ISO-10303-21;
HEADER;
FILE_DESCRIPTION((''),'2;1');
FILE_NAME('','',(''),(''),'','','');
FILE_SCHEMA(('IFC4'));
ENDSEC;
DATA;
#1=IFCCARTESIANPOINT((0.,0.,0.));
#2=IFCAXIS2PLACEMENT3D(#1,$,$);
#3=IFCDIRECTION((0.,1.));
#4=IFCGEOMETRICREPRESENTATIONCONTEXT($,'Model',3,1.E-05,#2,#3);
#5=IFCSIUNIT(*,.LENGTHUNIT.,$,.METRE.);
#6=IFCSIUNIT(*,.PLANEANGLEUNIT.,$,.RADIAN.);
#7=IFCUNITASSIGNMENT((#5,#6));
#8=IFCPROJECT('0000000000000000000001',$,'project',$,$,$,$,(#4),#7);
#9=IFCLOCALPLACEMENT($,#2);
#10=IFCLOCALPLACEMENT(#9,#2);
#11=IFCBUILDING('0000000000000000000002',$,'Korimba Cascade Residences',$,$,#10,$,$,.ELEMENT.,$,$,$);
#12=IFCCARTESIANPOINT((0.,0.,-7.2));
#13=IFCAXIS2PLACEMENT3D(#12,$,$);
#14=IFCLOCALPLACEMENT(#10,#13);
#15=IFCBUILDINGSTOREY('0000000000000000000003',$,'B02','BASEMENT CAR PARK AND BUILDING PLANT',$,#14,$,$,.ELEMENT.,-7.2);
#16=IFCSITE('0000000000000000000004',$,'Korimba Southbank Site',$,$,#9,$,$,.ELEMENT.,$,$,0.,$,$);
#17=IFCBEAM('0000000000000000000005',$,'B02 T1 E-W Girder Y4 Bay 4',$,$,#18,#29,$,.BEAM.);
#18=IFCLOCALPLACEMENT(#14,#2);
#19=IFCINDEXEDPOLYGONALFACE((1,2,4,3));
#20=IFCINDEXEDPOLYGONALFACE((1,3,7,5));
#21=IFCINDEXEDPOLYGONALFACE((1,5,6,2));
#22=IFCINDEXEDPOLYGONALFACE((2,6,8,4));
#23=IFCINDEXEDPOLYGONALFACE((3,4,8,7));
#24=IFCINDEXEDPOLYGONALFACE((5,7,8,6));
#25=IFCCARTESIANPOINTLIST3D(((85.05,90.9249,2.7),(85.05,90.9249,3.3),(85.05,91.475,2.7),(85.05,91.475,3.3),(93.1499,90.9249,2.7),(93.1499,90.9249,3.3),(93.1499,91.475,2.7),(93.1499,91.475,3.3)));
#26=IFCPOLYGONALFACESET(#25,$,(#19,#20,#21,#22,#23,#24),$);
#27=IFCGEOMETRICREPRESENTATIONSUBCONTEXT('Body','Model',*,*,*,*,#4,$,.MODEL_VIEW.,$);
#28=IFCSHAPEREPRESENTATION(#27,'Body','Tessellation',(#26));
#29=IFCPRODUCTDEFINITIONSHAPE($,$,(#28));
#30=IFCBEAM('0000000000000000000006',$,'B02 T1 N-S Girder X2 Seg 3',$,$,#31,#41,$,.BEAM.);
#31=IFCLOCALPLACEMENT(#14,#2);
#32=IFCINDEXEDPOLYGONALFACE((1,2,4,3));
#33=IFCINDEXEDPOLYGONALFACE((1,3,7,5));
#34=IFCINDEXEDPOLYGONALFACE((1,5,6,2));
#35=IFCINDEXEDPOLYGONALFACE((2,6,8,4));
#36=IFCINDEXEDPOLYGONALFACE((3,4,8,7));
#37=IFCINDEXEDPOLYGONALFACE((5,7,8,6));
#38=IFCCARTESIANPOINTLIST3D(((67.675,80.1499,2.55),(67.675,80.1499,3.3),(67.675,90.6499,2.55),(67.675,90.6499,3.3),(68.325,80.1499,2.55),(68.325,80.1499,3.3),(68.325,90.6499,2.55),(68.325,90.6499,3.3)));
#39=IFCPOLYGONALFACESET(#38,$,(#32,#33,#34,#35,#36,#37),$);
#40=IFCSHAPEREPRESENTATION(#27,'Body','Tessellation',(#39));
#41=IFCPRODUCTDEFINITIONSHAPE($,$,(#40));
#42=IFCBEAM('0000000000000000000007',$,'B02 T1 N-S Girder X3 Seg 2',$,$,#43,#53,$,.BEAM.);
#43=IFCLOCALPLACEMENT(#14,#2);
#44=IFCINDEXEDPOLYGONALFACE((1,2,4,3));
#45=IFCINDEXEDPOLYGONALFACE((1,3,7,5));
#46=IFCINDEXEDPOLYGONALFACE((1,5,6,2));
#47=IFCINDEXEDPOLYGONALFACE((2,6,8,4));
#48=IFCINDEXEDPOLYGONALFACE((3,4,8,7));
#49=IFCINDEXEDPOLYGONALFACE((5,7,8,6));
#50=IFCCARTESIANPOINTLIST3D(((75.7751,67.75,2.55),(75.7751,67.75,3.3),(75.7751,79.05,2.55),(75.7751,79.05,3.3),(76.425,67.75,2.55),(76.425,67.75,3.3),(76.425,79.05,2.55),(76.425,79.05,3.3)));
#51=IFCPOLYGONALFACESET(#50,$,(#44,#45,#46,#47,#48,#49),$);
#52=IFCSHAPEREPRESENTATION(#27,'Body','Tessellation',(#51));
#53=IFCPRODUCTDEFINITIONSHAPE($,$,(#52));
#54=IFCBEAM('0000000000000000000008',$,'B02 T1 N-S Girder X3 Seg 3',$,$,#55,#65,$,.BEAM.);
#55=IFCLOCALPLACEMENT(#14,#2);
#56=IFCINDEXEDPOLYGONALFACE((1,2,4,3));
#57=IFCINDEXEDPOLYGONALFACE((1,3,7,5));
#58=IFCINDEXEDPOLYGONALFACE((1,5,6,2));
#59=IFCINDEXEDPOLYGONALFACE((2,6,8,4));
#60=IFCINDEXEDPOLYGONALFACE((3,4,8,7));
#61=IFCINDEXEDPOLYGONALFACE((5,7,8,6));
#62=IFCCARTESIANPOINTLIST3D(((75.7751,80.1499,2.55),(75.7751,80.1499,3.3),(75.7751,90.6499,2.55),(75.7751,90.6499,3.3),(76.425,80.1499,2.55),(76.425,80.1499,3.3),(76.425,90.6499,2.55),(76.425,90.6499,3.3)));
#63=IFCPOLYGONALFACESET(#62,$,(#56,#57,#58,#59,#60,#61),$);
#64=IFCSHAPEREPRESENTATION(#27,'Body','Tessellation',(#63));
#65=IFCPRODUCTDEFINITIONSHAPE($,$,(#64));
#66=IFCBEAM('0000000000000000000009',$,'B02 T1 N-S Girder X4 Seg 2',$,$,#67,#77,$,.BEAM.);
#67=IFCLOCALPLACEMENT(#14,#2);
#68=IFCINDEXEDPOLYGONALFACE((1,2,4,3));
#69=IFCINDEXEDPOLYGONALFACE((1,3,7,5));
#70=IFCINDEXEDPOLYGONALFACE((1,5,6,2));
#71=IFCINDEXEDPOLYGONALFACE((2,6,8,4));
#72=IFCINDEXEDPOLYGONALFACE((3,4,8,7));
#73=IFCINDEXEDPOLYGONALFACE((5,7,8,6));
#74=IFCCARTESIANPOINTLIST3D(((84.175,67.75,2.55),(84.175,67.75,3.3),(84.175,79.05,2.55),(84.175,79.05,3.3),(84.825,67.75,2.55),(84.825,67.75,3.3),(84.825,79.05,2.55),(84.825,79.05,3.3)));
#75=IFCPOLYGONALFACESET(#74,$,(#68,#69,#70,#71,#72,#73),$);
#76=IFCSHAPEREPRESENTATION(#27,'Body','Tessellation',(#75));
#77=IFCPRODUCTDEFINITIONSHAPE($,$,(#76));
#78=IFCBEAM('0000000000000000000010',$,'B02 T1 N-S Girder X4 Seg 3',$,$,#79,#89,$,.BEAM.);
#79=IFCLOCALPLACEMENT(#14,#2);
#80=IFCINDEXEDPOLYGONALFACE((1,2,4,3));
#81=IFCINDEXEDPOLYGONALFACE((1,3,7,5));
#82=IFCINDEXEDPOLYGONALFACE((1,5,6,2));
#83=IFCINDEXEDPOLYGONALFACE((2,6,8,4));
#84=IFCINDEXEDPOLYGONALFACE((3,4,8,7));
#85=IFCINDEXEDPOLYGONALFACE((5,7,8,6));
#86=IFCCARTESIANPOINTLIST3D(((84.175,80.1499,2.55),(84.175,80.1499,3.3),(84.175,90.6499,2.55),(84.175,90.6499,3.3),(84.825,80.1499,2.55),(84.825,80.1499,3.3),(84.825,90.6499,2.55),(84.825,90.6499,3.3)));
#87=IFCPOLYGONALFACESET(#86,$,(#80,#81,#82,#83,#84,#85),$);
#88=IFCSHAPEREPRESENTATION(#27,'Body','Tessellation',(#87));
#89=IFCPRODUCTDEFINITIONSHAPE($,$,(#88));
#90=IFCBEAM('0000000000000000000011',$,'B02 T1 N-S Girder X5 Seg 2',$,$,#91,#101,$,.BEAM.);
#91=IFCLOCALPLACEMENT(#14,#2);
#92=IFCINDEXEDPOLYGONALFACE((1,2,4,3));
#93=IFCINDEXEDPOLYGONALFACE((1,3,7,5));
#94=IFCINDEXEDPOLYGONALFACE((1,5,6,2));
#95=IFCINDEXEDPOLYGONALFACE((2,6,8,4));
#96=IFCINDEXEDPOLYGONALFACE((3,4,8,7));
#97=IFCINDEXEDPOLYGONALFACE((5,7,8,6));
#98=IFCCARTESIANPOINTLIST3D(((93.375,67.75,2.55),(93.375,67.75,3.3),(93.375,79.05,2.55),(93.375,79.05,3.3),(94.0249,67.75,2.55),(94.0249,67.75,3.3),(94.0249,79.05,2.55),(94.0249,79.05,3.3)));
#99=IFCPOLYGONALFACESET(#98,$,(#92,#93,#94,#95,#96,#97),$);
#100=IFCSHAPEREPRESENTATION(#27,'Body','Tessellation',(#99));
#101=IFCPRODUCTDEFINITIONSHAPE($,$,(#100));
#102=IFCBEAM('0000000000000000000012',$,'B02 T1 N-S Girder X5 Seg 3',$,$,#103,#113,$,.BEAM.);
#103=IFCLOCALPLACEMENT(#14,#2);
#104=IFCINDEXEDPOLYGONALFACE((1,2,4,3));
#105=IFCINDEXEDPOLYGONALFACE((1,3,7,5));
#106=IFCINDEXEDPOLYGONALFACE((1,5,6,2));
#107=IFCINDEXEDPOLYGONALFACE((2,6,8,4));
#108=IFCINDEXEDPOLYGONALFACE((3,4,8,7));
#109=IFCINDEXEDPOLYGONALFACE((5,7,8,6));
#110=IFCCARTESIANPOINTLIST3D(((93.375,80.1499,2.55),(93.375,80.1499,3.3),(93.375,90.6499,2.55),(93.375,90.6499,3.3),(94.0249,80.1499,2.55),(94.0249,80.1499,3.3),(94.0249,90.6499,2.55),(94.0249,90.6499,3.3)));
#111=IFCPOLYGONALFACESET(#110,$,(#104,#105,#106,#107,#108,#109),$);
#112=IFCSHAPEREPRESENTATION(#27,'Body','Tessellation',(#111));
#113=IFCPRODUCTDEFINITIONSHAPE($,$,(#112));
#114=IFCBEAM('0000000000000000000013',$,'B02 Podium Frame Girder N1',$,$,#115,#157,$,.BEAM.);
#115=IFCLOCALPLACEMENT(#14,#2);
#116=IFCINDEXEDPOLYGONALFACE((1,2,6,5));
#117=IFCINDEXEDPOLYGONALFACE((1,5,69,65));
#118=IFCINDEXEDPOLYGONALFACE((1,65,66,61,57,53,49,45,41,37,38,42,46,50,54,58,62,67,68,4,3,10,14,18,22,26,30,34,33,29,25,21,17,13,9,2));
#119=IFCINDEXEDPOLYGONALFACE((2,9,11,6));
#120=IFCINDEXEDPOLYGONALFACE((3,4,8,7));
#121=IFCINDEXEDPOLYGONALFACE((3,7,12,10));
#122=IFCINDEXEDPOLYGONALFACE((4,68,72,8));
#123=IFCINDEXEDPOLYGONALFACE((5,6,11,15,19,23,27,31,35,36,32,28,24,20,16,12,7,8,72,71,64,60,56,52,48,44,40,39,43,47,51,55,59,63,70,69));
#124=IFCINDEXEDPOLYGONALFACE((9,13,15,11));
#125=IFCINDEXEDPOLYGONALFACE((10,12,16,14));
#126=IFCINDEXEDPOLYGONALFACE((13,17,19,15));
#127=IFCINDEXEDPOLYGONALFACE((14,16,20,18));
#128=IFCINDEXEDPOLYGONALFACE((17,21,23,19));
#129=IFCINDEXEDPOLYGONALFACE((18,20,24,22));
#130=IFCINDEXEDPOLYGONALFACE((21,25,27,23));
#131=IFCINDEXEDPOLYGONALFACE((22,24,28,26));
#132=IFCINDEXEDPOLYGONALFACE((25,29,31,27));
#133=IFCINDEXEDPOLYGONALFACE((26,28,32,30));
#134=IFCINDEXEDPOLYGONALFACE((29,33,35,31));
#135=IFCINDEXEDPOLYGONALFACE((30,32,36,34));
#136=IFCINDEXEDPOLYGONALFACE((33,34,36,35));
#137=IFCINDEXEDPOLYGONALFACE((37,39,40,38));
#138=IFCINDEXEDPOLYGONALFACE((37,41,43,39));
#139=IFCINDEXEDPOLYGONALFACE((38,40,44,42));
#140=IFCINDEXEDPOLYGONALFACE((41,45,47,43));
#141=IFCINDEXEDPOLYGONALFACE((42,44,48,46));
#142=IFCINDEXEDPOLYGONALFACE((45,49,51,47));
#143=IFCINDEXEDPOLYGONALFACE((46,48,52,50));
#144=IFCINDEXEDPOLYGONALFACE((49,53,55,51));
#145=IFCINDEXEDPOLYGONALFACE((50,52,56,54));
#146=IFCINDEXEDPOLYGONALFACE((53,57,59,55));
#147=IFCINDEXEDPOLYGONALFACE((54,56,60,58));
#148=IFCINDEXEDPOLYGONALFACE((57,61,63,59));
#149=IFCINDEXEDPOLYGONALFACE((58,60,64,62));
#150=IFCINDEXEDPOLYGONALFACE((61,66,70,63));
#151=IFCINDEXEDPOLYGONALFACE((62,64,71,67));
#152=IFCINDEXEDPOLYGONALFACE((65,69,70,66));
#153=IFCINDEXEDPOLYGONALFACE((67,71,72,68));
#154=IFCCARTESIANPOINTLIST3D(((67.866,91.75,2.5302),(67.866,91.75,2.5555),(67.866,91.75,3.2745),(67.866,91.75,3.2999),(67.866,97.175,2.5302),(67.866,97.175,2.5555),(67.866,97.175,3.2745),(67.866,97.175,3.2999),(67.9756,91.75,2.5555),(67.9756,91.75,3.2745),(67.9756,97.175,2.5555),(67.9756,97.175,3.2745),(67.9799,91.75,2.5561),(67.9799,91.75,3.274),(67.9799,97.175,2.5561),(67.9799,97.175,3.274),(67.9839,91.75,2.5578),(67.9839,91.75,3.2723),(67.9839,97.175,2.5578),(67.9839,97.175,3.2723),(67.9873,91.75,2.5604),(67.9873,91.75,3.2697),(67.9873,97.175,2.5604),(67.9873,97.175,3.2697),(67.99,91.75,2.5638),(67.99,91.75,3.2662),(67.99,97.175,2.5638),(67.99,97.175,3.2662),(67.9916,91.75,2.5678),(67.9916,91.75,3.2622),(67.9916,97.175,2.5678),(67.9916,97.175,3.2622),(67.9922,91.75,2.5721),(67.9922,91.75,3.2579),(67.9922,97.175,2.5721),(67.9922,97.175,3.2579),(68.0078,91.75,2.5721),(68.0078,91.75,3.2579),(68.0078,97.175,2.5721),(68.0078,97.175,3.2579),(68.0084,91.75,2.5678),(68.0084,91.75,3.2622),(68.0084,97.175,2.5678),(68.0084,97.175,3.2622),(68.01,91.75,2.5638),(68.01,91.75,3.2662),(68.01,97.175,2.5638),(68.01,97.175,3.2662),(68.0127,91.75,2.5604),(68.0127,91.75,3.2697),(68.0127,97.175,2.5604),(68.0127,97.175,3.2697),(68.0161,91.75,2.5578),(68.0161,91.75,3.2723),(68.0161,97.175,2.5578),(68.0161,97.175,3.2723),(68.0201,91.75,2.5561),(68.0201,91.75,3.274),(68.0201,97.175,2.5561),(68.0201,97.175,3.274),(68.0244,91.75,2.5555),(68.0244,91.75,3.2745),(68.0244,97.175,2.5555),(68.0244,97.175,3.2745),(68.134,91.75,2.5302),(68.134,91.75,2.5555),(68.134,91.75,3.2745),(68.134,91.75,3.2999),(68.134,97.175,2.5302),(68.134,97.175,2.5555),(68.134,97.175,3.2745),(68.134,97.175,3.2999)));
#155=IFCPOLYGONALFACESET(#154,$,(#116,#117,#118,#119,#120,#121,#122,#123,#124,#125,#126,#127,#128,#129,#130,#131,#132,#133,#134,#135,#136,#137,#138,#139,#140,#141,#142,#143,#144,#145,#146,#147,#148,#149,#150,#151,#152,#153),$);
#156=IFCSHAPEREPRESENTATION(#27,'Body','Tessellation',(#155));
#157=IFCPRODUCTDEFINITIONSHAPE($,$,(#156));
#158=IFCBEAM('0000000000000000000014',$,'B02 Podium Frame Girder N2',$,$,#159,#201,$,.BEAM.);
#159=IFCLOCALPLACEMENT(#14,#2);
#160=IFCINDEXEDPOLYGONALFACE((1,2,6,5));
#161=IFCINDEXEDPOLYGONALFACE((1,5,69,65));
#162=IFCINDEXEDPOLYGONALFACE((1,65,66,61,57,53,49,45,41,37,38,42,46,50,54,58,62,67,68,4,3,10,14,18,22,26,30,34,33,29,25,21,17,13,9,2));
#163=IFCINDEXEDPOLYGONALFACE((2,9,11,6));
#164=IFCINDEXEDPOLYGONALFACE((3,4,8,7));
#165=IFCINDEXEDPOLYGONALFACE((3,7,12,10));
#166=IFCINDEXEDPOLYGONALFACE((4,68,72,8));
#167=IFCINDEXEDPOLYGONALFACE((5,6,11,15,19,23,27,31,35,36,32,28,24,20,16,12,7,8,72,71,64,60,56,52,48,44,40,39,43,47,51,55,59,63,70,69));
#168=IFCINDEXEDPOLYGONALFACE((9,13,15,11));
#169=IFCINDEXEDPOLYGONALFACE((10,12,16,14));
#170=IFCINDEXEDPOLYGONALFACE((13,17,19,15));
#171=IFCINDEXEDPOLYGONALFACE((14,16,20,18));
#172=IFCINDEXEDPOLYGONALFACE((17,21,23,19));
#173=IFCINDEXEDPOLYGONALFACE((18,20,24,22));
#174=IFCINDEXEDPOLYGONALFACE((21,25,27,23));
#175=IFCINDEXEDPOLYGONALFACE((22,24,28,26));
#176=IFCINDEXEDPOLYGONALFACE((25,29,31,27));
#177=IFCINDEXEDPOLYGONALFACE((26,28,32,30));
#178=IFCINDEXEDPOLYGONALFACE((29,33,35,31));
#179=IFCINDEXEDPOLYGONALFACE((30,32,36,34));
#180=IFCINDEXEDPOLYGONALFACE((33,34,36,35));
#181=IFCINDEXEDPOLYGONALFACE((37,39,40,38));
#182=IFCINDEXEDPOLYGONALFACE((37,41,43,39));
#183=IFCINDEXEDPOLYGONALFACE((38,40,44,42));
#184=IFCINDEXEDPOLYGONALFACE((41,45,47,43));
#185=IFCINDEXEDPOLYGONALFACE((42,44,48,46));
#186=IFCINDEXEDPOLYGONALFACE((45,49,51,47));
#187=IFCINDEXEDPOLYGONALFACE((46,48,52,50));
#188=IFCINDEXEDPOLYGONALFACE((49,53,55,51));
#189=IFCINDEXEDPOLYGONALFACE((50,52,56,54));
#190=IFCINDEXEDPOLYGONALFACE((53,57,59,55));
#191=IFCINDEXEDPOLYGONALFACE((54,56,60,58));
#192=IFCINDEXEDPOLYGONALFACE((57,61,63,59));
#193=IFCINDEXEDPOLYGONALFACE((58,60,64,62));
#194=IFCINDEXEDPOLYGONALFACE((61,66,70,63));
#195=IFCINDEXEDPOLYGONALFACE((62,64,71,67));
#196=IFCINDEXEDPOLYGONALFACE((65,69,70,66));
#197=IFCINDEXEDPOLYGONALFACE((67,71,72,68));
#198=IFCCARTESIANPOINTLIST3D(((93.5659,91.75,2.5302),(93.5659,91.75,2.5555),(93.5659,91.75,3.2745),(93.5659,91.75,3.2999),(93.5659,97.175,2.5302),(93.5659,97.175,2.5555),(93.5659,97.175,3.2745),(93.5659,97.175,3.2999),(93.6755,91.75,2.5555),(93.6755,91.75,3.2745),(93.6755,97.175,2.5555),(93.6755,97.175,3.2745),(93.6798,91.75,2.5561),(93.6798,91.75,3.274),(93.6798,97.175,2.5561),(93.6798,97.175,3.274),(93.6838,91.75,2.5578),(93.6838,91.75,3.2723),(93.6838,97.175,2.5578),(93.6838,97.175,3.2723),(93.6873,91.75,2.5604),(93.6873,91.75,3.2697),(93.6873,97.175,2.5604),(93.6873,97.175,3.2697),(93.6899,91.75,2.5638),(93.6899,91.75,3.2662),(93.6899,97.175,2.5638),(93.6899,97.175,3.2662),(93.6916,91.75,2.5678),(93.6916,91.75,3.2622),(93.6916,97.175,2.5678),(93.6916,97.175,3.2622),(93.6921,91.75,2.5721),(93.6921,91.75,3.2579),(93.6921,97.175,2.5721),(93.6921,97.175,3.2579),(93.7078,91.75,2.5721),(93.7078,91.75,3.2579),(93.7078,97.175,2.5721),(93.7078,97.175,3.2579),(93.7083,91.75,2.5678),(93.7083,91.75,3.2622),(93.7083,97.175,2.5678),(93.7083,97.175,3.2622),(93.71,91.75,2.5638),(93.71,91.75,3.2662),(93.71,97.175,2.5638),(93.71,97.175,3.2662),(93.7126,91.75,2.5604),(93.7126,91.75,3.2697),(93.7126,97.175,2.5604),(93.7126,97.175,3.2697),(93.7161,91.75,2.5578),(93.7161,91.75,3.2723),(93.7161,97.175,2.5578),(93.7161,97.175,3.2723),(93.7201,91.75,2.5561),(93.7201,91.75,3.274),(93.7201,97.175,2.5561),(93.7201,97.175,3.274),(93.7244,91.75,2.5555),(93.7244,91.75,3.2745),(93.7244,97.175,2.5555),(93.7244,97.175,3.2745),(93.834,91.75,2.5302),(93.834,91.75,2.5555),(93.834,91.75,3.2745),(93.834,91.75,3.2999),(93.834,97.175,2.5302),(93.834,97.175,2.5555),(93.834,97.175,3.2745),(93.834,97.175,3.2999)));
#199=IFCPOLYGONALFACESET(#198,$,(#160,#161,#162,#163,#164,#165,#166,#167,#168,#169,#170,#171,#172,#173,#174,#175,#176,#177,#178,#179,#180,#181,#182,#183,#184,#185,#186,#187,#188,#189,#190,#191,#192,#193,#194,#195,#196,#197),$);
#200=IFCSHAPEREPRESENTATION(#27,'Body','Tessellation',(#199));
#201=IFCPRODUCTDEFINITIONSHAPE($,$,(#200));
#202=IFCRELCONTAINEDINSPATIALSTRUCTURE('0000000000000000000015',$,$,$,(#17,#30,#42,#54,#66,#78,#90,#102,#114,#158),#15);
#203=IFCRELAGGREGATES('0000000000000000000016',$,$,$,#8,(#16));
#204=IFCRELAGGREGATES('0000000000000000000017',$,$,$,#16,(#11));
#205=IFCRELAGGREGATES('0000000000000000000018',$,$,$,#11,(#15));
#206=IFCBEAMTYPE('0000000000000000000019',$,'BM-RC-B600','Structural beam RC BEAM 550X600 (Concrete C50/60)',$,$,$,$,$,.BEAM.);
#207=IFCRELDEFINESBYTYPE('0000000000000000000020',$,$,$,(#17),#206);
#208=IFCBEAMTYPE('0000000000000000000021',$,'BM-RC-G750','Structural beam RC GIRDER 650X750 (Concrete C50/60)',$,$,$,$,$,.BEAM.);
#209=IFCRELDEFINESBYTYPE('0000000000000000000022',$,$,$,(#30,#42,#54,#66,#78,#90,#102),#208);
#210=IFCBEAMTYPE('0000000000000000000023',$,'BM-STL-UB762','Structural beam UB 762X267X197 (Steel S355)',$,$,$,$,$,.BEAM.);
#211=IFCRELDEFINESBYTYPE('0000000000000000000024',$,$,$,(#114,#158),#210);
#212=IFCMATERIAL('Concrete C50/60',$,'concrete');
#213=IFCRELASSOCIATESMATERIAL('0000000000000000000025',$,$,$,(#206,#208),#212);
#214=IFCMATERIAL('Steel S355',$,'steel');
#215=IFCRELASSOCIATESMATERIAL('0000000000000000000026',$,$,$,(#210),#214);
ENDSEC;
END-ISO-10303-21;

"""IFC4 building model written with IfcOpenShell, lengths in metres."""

from ifc_helpers import new_model, si_unit, direction, frame, origin, origin_2d, place, context, subcontext, project, spatial, rectangle, i_section, extrude, material, material_profile, profile_set, type_object, element, save


model = new_model("IFC4")

# Units and contexts
model_context = context("Model", 3, precision=1e-05, world=origin(), true_north=direction((0.0, 1.0)))
body_context = subcontext(model_context, "Body", "Model", "MODEL_VIEW")
ifc_project = project(units=[si_unit("LENGTHUNIT", "METRE"), si_unit("PLANEANGLEUNIT", "RADIAN")], contexts=[model_context])

# Site, building, storey
site_placement = place(None, origin())
site = spatial("IfcSite", under=ifc_project, at=site_placement, Name="Korimba Southbank Site", CompositionType="ELEMENT", RefElevation=0.0)
building_placement = place(site_placement, origin())
building = spatial("IfcBuilding", under=site, at=building_placement, Name="Korimba Cascade Residences", CompositionType="ELEMENT")
storey_placement = place(building_placement, frame((0.0, 0.0, -7.2)))
storey = spatial("IfcBuildingStorey", under=building, at=storey_placement, Name="B02", Description="BASEMENT CAR PARK AND BUILDING PLANT", CompositionType="ELEMENT", Elevation=-7.2)

# Beams
ifc_material_1 = material(Name="Concrete C50/60", Category="concrete")
ifc_material_profile_1 = material_profile(ifc_material_1, rectangle(XDim=0.55, YDim=0.6001, at=origin_2d()), Name="Concrete C50/60")
ifc_profile_set_1 = profile_set([ifc_material_profile_1], Name="Concrete C50/60")
beam_type_1 = type_object("IfcBeamType", Name="BM-RC-B600", Description="Structural beam RC BEAM 550X600 (Concrete C50/60)", PredefinedType="BEAM", material=ifc_profile_set_1)
beam_1_placement = place(storey_placement, frame((85.05, 91.2, 3.0), z_axis=(1.0, 0.0, 0.0), x_axis=(0.0, 1.0, 0.0)))
element("IfcBeam", 1, at=beam_1_placement, inside=storey, type_object=beam_type_1, Name="B02 T1 E-W Girder Y4 Bay 4", PredefinedType="BEAM", context=body_context, shape_type="SweptSolid", body=[
    extrude(rectangle(XDim=0.55, YDim=0.6001, at=origin_2d()), origin(), (0.0, 0.0, 1.0), 8.0999),
])
ifc_material_profile_2 = material_profile(ifc_material_1, rectangle(XDim=0.6499, YDim=0.75, at=origin_2d()), Name="Concrete C50/60")
ifc_profile_set_2 = profile_set([ifc_material_profile_2], Name="Concrete C50/60")
beam_type_2 = type_object("IfcBeamType", Name="BM-RC-G750", Description="Structural beam RC GIRDER 650X750 (Concrete C50/60)", PredefinedType="BEAM", material=ifc_profile_set_2)
beam_2_placement = place(storey_placement, frame((68.0, 80.1499, 2.925), z_axis=(0.0, 1.0, 0.0), x_axis=(-1.0, 0.0, 0.0)))
element("IfcBeam", 2, at=beam_2_placement, inside=storey, type_object=beam_type_2, Name="B02 T1 N-S Girder X2 Seg 3", PredefinedType="BEAM", context=body_context, shape_type="SweptSolid", body=[
    extrude(rectangle(XDim=0.6499, YDim=0.75, at=origin_2d()), origin(), (0.0, 0.0, 1.0), 10.5),
])
beam_3_placement = place(storey_placement, frame((76.1001, 67.75, 2.925), z_axis=(0.0, 1.0, 0.0), x_axis=(-1.0, 0.0, 0.0)))
element("IfcBeam", 3, at=beam_3_placement, inside=storey, type_object=beam_type_2, Name="B02 T1 N-S Girder X3 Seg 2", PredefinedType="BEAM", context=body_context, shape_type="SweptSolid", body=[
    extrude(rectangle(XDim=0.6499, YDim=0.75, at=origin_2d()), origin(), (0.0, 0.0, 1.0), 11.3),
])
beam_4_placement = place(storey_placement, frame((76.1001, 80.1499, 2.925), z_axis=(0.0, 1.0, 0.0), x_axis=(-1.0, 0.0, 0.0)))
element("IfcBeam", 4, at=beam_4_placement, inside=storey, type_object=beam_type_2, Name="B02 T1 N-S Girder X3 Seg 3", PredefinedType="BEAM", context=body_context, shape_type="SweptSolid", body=[
    extrude(rectangle(XDim=0.6499, YDim=0.75, at=origin_2d()), origin(), (0.0, 0.0, 1.0), 10.5),
])
beam_5_placement = place(storey_placement, frame((84.5, 67.75, 2.925), z_axis=(0.0, 1.0, 0.0), x_axis=(-1.0, 0.0, 0.0)))
element("IfcBeam", 5, at=beam_5_placement, inside=storey, type_object=beam_type_2, Name="B02 T1 N-S Girder X4 Seg 2", PredefinedType="BEAM", context=body_context, shape_type="SweptSolid", body=[
    extrude(rectangle(XDim=0.6499, YDim=0.75, at=origin_2d()), origin(), (0.0, 0.0, 1.0), 11.3),
])
beam_6_placement = place(storey_placement, frame((84.5, 80.1499, 2.925), z_axis=(0.0, 1.0, 0.0), x_axis=(-1.0, 0.0, 0.0)))
element("IfcBeam", 6, at=beam_6_placement, inside=storey, type_object=beam_type_2, Name="B02 T1 N-S Girder X4 Seg 3", PredefinedType="BEAM", context=body_context, shape_type="SweptSolid", body=[
    extrude(rectangle(XDim=0.6499, YDim=0.75, at=origin_2d()), origin(), (0.0, 0.0, 1.0), 10.5),
])
beam_7_placement = place(storey_placement, frame((93.7, 67.75, 2.925), z_axis=(0.0, 1.0, 0.0), x_axis=(-1.0, 0.0, 0.0)))
element("IfcBeam", 7, at=beam_7_placement, inside=storey, type_object=beam_type_2, Name="B02 T1 N-S Girder X5 Seg 2", PredefinedType="BEAM", context=body_context, shape_type="SweptSolid", body=[
    extrude(rectangle(XDim=0.6499, YDim=0.75, at=origin_2d()), origin(), (0.0, 0.0, 1.0), 11.3),
])
beam_8_placement = place(storey_placement, frame((93.7, 80.1499, 2.925), z_axis=(0.0, 1.0, 0.0), x_axis=(-1.0, 0.0, 0.0)))
element("IfcBeam", 8, at=beam_8_placement, inside=storey, type_object=beam_type_2, Name="B02 T1 N-S Girder X5 Seg 3", PredefinedType="BEAM", context=body_context, shape_type="SweptSolid", body=[
    extrude(rectangle(XDim=0.6499, YDim=0.75, at=origin_2d()), origin(), (0.0, 0.0, 1.0), 10.5),
])
ifc_material_2 = material(Name="Steel S355", Category="steel")
ifc_material_profile_3 = material_profile(ifc_material_2, i_section(OverallWidth=0.2681, OverallDepth=0.7698, WebThickness=0.0156, FlangeThickness=0.0254, FilletRadius=0.0166, at=origin_2d()), Name="Steel S355")
ifc_profile_set_3 = profile_set([ifc_material_profile_3], Name="Steel S355")
beam_type_3 = type_object("IfcBeamType", Name="BM-STL-UB762", Description="Structural beam UB 762X267X197 (Steel S355)", PredefinedType="BEAM", material=ifc_profile_set_3)
for number, where, z_axis, x_axis, name in (
    (9, (68.0, 91.75, 2.915), (0.0, 1.0, 0.0), (-1.0, 0.0, 0.0), "B02 Podium Frame Girder N1"),
    (10, (93.7, 91.75, 2.915), (0.0, 1.0, 0.0), (-1.0, 0.0, 0.0), "B02 Podium Frame Girder N2"),
):
    element("IfcBeam", number, at=place(storey_placement, frame(where, z_axis=z_axis, x_axis=x_axis)), inside=storey, type_object=beam_type_3, Name=name, PredefinedType="BEAM", context=body_context, shape_type="SweptSolid", body=[
        extrude(i_section(OverallWidth=0.2681, OverallDepth=0.7698, WebThickness=0.0156, FlangeThickness=0.0254, FilletRadius=0.0166, at=origin_2d()), origin(), (0.0, 0.0, 1.0), 5.425),
    ])

save(model, "model.ifc")
